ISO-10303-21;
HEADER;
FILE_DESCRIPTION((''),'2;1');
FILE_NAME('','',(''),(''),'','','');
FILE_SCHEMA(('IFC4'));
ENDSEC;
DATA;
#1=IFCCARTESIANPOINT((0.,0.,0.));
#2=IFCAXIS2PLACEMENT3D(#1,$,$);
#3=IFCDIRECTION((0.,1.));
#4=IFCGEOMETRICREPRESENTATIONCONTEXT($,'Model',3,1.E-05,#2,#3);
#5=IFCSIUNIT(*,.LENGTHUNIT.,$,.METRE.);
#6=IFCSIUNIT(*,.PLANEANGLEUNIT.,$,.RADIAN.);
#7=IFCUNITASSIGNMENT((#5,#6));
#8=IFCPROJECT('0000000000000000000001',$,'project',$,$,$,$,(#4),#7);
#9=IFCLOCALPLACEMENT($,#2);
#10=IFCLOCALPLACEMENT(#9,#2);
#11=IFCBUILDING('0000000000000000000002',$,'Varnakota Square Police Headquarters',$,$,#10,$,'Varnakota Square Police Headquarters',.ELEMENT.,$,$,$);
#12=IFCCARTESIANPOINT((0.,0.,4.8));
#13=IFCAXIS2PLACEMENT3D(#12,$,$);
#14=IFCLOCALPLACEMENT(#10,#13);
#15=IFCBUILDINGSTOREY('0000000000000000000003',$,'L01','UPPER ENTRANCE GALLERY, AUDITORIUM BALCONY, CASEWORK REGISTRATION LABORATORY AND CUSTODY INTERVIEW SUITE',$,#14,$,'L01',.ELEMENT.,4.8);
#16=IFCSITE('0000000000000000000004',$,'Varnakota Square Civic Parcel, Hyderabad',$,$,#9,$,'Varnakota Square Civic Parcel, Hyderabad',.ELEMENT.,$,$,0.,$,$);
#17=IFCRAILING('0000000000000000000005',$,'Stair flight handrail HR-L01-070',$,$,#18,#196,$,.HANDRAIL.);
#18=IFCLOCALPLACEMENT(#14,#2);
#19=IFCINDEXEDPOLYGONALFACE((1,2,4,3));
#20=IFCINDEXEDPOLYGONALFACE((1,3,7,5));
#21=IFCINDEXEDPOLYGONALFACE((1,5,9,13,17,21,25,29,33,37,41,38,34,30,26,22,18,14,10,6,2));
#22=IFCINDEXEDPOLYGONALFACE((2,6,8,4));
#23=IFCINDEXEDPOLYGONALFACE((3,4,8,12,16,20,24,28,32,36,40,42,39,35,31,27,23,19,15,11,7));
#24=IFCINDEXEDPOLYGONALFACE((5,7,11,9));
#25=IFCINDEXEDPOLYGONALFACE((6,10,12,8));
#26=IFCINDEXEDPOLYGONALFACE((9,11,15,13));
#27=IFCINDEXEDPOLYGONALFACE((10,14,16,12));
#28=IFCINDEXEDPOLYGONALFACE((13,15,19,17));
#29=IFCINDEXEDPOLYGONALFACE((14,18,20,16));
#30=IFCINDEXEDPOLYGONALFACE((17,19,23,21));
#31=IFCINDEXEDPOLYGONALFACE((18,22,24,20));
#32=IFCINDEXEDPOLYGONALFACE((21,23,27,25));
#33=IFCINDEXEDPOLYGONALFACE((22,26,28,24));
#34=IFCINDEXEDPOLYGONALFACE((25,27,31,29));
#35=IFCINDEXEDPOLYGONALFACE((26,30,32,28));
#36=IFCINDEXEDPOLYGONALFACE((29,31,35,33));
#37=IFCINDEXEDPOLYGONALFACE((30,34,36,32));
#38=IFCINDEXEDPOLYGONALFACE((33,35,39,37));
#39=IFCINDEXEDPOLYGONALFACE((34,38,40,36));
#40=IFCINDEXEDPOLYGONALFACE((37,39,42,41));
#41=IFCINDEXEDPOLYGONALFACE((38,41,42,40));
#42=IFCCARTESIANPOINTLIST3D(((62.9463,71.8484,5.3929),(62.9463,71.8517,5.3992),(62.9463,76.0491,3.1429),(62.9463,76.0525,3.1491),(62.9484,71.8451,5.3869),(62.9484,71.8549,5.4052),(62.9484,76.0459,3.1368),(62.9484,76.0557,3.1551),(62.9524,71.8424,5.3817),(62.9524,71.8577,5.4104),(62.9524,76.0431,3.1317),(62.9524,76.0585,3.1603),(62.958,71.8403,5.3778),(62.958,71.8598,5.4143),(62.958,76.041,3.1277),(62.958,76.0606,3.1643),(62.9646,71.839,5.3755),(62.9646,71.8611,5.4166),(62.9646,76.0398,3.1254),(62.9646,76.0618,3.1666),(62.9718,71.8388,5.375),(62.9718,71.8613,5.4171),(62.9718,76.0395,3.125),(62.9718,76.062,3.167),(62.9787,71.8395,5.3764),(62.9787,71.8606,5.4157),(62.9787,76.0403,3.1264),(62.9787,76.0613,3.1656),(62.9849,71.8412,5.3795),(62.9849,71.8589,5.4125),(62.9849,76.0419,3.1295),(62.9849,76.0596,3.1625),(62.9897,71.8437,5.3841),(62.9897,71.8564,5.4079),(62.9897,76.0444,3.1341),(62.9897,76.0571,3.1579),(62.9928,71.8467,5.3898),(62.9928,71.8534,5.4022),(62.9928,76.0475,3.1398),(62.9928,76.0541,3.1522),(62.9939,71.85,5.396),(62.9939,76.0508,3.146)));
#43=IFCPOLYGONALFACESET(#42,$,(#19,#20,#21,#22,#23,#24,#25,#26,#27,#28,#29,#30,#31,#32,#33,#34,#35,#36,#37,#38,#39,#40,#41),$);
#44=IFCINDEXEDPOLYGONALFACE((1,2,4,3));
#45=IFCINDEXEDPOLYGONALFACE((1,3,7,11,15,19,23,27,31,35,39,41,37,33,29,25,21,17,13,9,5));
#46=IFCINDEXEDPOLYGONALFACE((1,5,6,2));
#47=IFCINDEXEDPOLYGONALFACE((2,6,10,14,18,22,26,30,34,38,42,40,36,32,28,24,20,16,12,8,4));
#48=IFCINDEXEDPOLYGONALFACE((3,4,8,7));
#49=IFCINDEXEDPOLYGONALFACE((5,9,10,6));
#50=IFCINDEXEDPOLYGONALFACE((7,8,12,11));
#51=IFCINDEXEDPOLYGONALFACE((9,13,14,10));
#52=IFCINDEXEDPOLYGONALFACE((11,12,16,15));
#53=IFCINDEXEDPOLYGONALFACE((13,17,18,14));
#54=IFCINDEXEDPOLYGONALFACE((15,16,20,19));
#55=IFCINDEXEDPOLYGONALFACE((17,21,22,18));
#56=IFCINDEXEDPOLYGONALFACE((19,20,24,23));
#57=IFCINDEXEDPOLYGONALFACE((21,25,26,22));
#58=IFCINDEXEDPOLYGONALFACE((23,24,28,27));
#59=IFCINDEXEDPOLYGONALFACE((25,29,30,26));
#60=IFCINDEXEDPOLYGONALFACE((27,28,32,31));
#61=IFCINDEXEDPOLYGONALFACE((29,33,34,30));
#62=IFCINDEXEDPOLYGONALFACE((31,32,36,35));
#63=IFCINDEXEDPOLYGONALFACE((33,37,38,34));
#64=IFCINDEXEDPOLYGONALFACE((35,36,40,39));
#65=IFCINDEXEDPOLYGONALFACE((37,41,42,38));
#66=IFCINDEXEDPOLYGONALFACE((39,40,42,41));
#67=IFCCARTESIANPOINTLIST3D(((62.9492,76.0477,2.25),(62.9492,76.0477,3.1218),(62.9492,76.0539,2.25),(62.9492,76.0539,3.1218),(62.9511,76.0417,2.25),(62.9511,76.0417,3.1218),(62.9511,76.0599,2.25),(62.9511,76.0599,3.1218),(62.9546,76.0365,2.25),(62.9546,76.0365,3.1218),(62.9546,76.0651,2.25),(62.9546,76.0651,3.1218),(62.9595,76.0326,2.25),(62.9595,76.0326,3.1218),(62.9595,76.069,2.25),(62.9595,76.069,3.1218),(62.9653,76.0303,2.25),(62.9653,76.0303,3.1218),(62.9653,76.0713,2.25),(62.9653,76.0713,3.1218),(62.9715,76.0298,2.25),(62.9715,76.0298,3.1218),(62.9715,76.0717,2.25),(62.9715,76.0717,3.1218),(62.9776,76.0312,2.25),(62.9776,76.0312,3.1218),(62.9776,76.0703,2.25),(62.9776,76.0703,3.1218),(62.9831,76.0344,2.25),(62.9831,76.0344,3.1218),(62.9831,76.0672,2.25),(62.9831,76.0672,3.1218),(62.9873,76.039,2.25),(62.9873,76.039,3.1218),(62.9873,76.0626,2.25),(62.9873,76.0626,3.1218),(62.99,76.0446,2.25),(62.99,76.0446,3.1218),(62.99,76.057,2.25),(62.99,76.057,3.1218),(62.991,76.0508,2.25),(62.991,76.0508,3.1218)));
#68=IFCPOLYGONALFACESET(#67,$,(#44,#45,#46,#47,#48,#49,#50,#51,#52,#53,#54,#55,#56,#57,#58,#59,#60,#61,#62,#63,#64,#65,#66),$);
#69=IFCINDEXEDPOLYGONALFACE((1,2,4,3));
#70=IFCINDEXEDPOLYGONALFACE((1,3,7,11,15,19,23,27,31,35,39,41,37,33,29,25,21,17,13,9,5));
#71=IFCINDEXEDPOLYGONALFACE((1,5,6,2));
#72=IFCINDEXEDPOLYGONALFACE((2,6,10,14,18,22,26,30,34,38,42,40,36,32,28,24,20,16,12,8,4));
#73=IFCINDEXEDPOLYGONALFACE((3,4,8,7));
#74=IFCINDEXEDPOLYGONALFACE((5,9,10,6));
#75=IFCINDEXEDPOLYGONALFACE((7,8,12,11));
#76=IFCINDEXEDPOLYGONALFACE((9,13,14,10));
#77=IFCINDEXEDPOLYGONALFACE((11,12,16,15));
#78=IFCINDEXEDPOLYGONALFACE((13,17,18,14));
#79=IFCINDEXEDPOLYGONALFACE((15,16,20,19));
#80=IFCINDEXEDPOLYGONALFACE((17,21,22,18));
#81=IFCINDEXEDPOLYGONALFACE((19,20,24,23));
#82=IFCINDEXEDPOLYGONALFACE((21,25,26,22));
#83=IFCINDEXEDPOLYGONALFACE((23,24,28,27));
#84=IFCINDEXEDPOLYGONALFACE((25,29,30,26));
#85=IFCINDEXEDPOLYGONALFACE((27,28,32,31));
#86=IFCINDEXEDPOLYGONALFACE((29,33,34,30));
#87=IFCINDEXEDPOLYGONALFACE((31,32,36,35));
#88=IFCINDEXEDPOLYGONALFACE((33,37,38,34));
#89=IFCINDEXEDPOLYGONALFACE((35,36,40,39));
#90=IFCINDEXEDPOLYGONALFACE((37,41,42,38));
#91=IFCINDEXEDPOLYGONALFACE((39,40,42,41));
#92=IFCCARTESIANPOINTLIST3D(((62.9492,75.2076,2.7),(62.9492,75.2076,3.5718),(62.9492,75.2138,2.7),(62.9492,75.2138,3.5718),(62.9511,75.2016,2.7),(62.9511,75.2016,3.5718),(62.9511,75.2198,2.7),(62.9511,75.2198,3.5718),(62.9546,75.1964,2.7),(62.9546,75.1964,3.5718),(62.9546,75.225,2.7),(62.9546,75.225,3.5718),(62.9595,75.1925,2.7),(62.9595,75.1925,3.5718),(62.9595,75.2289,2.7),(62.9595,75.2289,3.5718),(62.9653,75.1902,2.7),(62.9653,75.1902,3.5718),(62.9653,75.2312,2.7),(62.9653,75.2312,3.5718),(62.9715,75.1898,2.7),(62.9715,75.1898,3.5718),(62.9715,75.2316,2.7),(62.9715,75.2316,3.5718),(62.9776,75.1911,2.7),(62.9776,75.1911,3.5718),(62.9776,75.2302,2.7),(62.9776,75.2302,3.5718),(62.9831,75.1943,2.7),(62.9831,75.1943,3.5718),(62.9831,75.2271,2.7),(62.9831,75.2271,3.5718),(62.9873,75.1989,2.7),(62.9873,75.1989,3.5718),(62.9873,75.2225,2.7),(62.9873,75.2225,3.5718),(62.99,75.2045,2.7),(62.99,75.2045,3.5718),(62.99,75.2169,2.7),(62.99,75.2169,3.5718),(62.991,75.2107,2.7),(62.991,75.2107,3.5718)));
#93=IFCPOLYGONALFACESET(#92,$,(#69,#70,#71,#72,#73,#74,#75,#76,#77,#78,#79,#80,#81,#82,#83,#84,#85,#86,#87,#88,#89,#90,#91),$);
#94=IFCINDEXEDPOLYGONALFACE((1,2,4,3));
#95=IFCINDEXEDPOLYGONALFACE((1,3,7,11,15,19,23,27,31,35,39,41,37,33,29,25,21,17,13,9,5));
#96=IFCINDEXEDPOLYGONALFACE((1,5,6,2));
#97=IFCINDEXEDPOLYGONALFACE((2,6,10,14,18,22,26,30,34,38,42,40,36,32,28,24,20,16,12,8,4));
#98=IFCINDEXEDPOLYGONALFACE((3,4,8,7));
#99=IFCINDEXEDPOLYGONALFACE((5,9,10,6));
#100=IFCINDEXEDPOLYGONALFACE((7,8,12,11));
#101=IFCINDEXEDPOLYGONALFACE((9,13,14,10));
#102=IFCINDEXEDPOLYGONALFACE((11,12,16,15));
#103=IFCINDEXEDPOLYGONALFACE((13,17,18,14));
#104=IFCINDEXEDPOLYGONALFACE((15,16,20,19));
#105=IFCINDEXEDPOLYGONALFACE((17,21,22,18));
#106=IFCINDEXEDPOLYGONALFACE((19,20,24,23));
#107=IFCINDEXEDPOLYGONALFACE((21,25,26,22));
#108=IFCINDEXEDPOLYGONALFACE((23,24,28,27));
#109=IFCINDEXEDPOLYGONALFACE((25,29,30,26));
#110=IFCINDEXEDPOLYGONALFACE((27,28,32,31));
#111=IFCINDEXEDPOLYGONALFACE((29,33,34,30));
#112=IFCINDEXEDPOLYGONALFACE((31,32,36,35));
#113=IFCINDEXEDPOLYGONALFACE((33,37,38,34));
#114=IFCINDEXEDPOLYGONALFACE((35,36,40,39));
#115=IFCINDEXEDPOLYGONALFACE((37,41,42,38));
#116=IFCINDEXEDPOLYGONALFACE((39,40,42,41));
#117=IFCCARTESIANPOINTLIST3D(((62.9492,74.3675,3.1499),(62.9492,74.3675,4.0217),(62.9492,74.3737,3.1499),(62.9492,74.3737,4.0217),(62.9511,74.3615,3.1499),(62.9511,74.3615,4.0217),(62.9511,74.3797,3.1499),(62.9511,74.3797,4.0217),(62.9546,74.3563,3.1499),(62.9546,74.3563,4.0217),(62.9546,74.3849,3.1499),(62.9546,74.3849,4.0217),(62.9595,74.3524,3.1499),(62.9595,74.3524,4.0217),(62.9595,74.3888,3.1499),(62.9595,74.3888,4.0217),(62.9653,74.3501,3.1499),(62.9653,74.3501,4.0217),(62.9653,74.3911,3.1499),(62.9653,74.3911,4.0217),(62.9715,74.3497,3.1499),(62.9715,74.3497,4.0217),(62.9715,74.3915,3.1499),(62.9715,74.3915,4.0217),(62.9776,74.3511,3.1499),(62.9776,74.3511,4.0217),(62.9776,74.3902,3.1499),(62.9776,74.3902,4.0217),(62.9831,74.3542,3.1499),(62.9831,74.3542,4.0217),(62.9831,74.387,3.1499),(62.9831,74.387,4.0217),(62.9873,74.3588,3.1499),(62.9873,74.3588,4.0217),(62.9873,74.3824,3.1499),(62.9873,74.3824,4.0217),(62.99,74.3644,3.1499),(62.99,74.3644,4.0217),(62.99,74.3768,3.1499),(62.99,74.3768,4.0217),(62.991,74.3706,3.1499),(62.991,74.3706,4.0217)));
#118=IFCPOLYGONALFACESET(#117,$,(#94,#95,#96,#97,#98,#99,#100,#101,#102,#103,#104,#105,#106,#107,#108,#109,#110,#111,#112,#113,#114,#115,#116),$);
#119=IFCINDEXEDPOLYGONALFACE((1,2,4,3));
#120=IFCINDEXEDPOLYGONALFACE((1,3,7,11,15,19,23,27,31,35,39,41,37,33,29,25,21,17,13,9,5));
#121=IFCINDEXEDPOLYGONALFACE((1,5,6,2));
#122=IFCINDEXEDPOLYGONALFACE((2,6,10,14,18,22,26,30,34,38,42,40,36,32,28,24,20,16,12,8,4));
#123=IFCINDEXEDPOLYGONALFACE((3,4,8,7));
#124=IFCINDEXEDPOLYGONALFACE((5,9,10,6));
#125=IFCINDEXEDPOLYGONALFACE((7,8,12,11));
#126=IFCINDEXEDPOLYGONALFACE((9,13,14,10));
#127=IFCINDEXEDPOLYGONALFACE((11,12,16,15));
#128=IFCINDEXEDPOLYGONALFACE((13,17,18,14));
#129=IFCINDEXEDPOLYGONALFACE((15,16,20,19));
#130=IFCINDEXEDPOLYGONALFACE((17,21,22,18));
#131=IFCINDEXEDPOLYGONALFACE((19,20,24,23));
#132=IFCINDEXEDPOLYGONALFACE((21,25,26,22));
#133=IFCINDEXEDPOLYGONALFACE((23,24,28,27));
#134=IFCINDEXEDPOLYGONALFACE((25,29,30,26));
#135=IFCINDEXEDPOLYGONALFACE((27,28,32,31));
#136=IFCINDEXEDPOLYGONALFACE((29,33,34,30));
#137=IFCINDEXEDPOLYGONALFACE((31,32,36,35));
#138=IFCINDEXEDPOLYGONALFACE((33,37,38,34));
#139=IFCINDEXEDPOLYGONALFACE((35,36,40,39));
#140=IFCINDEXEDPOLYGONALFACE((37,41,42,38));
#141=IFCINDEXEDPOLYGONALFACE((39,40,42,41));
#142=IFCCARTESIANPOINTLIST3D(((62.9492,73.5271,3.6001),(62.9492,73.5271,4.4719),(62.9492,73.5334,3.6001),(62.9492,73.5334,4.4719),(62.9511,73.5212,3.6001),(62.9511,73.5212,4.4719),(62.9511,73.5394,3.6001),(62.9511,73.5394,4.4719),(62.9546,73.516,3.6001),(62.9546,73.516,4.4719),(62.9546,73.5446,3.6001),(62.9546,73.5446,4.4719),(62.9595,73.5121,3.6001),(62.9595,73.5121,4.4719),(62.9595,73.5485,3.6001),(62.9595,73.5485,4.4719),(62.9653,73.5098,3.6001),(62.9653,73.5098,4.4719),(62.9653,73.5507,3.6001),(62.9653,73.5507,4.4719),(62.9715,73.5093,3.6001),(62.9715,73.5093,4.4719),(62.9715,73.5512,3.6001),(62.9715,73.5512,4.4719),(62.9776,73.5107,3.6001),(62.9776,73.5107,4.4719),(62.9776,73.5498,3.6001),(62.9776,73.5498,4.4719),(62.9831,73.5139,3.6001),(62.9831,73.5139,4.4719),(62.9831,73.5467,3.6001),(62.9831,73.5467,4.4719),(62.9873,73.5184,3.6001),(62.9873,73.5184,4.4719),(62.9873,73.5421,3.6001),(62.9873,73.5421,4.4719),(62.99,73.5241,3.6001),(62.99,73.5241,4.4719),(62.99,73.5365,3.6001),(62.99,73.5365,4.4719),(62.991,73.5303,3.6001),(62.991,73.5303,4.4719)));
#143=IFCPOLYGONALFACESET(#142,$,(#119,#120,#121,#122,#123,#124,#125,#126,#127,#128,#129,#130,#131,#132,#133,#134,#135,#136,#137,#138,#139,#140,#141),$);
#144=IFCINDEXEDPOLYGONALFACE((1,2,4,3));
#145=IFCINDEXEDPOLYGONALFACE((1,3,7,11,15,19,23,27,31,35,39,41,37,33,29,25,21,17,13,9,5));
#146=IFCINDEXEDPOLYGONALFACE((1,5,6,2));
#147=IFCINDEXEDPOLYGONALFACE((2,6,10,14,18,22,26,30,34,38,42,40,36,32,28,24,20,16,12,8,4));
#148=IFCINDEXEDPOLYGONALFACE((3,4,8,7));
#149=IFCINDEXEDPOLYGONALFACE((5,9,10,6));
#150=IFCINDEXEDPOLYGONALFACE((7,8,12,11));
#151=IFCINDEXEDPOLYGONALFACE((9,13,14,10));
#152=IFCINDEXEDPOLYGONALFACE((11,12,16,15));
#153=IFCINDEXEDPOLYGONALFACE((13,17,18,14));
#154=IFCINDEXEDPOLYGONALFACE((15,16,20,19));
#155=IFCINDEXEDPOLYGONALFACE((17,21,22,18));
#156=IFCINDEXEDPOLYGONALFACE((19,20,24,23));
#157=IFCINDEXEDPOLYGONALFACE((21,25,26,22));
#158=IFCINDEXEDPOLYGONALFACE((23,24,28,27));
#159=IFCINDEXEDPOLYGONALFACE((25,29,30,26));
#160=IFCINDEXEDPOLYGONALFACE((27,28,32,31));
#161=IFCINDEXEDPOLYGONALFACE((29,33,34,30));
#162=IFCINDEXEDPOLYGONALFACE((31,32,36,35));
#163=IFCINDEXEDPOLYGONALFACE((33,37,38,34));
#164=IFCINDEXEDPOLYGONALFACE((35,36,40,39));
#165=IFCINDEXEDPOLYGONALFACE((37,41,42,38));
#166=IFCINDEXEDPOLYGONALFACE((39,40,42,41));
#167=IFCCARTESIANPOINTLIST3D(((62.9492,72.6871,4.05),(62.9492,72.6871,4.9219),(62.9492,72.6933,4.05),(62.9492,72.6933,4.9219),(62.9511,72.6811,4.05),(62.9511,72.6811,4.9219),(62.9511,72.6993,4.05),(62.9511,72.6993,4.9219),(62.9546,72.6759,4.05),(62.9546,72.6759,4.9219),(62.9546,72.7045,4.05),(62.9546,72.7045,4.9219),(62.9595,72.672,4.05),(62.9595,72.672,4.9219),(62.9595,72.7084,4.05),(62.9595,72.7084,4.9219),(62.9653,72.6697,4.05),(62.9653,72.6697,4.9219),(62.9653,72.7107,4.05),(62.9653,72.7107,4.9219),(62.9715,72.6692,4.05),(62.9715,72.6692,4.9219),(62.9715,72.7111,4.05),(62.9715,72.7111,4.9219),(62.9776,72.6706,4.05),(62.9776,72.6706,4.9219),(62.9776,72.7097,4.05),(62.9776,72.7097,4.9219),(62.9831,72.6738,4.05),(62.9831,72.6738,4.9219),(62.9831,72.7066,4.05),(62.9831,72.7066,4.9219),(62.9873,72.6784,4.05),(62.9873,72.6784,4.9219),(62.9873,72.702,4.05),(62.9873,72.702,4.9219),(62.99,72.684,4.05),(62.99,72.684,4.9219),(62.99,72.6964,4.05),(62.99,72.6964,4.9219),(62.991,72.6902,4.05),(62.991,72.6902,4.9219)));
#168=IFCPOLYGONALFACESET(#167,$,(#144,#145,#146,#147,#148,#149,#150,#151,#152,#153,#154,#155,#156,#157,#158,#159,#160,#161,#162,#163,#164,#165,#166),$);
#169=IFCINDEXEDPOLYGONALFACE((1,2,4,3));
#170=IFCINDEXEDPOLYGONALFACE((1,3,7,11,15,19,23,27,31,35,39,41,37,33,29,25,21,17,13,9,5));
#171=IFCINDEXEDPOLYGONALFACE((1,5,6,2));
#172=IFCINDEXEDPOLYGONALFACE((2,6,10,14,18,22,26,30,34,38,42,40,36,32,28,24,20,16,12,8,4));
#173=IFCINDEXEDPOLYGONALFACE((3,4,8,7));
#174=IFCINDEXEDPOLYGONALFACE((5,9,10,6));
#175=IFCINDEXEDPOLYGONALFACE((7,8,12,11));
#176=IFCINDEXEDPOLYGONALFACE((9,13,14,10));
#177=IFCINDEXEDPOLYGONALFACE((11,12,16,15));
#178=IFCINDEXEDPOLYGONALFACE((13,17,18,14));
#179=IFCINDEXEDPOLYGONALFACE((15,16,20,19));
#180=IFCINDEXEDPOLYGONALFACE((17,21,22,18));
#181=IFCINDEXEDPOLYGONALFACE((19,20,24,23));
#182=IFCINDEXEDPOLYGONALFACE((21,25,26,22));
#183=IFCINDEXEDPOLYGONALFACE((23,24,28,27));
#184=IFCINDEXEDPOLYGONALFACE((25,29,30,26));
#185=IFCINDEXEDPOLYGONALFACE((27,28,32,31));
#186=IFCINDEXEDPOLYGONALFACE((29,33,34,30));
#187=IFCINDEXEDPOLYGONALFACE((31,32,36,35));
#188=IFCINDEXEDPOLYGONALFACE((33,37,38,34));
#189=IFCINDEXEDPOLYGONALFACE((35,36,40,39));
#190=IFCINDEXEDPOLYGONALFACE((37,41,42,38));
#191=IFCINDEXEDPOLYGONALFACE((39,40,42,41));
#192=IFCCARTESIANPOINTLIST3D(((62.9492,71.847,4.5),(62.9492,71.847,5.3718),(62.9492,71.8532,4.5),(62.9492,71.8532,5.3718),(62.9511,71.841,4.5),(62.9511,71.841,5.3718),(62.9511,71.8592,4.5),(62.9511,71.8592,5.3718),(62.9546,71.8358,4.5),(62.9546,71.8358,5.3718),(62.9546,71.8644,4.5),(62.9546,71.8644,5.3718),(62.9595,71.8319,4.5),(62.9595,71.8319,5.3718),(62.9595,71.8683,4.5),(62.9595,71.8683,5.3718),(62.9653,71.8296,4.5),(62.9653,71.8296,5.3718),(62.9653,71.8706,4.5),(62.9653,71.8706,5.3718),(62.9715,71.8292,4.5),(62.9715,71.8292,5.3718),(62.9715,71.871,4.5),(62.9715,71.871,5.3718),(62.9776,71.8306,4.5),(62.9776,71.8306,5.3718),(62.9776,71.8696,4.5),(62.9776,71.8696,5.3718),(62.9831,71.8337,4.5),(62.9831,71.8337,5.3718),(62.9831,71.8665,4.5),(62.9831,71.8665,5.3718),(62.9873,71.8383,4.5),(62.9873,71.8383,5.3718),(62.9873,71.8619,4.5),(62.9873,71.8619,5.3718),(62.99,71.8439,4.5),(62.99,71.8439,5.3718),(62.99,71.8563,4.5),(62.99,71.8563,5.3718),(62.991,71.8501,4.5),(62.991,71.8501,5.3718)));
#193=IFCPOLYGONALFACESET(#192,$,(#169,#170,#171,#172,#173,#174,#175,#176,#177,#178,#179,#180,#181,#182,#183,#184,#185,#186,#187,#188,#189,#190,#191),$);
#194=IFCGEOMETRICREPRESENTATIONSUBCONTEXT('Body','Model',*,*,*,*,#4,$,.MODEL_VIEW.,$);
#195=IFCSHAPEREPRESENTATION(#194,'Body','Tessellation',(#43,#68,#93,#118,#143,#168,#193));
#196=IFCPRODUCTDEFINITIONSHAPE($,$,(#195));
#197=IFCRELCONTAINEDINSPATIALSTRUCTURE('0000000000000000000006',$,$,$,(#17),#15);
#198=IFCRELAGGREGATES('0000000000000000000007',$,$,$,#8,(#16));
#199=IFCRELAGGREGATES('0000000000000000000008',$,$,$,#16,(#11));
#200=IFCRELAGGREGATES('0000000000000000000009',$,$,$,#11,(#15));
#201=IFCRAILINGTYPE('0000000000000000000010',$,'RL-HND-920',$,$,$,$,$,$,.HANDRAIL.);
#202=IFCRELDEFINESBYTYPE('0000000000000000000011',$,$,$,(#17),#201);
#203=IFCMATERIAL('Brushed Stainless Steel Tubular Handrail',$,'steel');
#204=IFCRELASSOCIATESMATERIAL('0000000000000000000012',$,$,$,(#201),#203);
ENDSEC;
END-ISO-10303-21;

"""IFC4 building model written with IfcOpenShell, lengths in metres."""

from ifc_helpers import new_model, si_unit, direction, frame, origin, origin_2d, place, context, subcontext, project, spatial, circle, extrude, material, type_object, element, save


model = new_model("IFC4")

# Units and contexts
model_context = context("Model", 3, precision=1e-05, world=origin(), true_north=direction((0.0, 1.0)))
body_context = subcontext(model_context, "Body", "Model", "MODEL_VIEW")
ifc_project = project(units=[si_unit("LENGTHUNIT", "METRE"), si_unit("PLANEANGLEUNIT", "RADIAN")], contexts=[model_context])

# Site, building, storey
site_placement = place(None, origin())
site = spatial("IfcSite", under=ifc_project, at=site_placement, Name="Varnakota Square Civic Parcel, Hyderabad", LongName="Varnakota Square Civic Parcel, Hyderabad", CompositionType="ELEMENT", RefElevation=0.0)
building_placement = place(site_placement, origin())
building = spatial("IfcBuilding", under=site, at=building_placement, Name="Varnakota Square Police Headquarters", LongName="Varnakota Square Police Headquarters", CompositionType="ELEMENT")
storey_placement = place(building_placement, frame((0.0, 0.0, 4.8)))
storey = spatial("IfcBuildingStorey", under=building, at=storey_placement, Name="L01", Description="UPPER ENTRANCE GALLERY, AUDITORIUM BALCONY, CASEWORK REGISTRATION LABORATORY AND CUSTODY INTERVIEW SUITE", LongName="L01", CompositionType="ELEMENT", Elevation=4.8)

# Railing
ifc_material_1 = material(Name="Brushed Stainless Steel Tubular Handrail", Category="steel")
railing_type_1 = type_object("IfcRailingType", Name="RL-HND-920", PredefinedType="HANDRAIL", material=ifc_material_1)
railing_1_placement = place(storey_placement, frame((62.97, 76.0508, 2.25)))
element("IfcRailing", 1, at=railing_1_placement, inside=storey, type_object=railing_type_1, Name="Stair flight handrail HR-L01-070", PredefinedType="HANDRAIL", context=body_context, shape_type="SweptSolid", body=[
    extrude(circle(Radius=0.0239, at=origin_2d()), frame((0.0, 0.0, 0.896), z_axis=(0.0, -0.881512, 0.472162), x_axis=(1.0, 0.0, 0.0)), (0.0, 0.0, 1.0), 4.7654),
    extrude(circle(Radius=0.021, at=origin_2d()), origin(), (0.0, 0.0, 1.0), 0.8718),
    extrude(circle(Radius=0.021, at=origin_2d()), frame((0.0, -0.8401, 0.45)), (0.0, 0.0, 1.0), 0.8718),
    extrude(circle(Radius=0.021, at=origin_2d()), frame((0.0, -1.6802, 0.8999)), (0.0, 0.0, 1.0), 0.8718),
    extrude(circle(Radius=0.021, at=origin_2d()), frame((0.0, -2.5205, 1.3501)), (0.0, 0.0, 1.0), 0.8718),
    extrude(circle(Radius=0.021, at=origin_2d()), frame((0.0, -3.3606, 1.8)), (0.0, 0.0, 1.0), 0.8718),
    extrude(circle(Radius=0.021, at=origin_2d()), frame((0.0, -4.2007, 2.25)), (0.0, 0.0, 1.0), 0.8718),
])

save(model, "model.ifc")
